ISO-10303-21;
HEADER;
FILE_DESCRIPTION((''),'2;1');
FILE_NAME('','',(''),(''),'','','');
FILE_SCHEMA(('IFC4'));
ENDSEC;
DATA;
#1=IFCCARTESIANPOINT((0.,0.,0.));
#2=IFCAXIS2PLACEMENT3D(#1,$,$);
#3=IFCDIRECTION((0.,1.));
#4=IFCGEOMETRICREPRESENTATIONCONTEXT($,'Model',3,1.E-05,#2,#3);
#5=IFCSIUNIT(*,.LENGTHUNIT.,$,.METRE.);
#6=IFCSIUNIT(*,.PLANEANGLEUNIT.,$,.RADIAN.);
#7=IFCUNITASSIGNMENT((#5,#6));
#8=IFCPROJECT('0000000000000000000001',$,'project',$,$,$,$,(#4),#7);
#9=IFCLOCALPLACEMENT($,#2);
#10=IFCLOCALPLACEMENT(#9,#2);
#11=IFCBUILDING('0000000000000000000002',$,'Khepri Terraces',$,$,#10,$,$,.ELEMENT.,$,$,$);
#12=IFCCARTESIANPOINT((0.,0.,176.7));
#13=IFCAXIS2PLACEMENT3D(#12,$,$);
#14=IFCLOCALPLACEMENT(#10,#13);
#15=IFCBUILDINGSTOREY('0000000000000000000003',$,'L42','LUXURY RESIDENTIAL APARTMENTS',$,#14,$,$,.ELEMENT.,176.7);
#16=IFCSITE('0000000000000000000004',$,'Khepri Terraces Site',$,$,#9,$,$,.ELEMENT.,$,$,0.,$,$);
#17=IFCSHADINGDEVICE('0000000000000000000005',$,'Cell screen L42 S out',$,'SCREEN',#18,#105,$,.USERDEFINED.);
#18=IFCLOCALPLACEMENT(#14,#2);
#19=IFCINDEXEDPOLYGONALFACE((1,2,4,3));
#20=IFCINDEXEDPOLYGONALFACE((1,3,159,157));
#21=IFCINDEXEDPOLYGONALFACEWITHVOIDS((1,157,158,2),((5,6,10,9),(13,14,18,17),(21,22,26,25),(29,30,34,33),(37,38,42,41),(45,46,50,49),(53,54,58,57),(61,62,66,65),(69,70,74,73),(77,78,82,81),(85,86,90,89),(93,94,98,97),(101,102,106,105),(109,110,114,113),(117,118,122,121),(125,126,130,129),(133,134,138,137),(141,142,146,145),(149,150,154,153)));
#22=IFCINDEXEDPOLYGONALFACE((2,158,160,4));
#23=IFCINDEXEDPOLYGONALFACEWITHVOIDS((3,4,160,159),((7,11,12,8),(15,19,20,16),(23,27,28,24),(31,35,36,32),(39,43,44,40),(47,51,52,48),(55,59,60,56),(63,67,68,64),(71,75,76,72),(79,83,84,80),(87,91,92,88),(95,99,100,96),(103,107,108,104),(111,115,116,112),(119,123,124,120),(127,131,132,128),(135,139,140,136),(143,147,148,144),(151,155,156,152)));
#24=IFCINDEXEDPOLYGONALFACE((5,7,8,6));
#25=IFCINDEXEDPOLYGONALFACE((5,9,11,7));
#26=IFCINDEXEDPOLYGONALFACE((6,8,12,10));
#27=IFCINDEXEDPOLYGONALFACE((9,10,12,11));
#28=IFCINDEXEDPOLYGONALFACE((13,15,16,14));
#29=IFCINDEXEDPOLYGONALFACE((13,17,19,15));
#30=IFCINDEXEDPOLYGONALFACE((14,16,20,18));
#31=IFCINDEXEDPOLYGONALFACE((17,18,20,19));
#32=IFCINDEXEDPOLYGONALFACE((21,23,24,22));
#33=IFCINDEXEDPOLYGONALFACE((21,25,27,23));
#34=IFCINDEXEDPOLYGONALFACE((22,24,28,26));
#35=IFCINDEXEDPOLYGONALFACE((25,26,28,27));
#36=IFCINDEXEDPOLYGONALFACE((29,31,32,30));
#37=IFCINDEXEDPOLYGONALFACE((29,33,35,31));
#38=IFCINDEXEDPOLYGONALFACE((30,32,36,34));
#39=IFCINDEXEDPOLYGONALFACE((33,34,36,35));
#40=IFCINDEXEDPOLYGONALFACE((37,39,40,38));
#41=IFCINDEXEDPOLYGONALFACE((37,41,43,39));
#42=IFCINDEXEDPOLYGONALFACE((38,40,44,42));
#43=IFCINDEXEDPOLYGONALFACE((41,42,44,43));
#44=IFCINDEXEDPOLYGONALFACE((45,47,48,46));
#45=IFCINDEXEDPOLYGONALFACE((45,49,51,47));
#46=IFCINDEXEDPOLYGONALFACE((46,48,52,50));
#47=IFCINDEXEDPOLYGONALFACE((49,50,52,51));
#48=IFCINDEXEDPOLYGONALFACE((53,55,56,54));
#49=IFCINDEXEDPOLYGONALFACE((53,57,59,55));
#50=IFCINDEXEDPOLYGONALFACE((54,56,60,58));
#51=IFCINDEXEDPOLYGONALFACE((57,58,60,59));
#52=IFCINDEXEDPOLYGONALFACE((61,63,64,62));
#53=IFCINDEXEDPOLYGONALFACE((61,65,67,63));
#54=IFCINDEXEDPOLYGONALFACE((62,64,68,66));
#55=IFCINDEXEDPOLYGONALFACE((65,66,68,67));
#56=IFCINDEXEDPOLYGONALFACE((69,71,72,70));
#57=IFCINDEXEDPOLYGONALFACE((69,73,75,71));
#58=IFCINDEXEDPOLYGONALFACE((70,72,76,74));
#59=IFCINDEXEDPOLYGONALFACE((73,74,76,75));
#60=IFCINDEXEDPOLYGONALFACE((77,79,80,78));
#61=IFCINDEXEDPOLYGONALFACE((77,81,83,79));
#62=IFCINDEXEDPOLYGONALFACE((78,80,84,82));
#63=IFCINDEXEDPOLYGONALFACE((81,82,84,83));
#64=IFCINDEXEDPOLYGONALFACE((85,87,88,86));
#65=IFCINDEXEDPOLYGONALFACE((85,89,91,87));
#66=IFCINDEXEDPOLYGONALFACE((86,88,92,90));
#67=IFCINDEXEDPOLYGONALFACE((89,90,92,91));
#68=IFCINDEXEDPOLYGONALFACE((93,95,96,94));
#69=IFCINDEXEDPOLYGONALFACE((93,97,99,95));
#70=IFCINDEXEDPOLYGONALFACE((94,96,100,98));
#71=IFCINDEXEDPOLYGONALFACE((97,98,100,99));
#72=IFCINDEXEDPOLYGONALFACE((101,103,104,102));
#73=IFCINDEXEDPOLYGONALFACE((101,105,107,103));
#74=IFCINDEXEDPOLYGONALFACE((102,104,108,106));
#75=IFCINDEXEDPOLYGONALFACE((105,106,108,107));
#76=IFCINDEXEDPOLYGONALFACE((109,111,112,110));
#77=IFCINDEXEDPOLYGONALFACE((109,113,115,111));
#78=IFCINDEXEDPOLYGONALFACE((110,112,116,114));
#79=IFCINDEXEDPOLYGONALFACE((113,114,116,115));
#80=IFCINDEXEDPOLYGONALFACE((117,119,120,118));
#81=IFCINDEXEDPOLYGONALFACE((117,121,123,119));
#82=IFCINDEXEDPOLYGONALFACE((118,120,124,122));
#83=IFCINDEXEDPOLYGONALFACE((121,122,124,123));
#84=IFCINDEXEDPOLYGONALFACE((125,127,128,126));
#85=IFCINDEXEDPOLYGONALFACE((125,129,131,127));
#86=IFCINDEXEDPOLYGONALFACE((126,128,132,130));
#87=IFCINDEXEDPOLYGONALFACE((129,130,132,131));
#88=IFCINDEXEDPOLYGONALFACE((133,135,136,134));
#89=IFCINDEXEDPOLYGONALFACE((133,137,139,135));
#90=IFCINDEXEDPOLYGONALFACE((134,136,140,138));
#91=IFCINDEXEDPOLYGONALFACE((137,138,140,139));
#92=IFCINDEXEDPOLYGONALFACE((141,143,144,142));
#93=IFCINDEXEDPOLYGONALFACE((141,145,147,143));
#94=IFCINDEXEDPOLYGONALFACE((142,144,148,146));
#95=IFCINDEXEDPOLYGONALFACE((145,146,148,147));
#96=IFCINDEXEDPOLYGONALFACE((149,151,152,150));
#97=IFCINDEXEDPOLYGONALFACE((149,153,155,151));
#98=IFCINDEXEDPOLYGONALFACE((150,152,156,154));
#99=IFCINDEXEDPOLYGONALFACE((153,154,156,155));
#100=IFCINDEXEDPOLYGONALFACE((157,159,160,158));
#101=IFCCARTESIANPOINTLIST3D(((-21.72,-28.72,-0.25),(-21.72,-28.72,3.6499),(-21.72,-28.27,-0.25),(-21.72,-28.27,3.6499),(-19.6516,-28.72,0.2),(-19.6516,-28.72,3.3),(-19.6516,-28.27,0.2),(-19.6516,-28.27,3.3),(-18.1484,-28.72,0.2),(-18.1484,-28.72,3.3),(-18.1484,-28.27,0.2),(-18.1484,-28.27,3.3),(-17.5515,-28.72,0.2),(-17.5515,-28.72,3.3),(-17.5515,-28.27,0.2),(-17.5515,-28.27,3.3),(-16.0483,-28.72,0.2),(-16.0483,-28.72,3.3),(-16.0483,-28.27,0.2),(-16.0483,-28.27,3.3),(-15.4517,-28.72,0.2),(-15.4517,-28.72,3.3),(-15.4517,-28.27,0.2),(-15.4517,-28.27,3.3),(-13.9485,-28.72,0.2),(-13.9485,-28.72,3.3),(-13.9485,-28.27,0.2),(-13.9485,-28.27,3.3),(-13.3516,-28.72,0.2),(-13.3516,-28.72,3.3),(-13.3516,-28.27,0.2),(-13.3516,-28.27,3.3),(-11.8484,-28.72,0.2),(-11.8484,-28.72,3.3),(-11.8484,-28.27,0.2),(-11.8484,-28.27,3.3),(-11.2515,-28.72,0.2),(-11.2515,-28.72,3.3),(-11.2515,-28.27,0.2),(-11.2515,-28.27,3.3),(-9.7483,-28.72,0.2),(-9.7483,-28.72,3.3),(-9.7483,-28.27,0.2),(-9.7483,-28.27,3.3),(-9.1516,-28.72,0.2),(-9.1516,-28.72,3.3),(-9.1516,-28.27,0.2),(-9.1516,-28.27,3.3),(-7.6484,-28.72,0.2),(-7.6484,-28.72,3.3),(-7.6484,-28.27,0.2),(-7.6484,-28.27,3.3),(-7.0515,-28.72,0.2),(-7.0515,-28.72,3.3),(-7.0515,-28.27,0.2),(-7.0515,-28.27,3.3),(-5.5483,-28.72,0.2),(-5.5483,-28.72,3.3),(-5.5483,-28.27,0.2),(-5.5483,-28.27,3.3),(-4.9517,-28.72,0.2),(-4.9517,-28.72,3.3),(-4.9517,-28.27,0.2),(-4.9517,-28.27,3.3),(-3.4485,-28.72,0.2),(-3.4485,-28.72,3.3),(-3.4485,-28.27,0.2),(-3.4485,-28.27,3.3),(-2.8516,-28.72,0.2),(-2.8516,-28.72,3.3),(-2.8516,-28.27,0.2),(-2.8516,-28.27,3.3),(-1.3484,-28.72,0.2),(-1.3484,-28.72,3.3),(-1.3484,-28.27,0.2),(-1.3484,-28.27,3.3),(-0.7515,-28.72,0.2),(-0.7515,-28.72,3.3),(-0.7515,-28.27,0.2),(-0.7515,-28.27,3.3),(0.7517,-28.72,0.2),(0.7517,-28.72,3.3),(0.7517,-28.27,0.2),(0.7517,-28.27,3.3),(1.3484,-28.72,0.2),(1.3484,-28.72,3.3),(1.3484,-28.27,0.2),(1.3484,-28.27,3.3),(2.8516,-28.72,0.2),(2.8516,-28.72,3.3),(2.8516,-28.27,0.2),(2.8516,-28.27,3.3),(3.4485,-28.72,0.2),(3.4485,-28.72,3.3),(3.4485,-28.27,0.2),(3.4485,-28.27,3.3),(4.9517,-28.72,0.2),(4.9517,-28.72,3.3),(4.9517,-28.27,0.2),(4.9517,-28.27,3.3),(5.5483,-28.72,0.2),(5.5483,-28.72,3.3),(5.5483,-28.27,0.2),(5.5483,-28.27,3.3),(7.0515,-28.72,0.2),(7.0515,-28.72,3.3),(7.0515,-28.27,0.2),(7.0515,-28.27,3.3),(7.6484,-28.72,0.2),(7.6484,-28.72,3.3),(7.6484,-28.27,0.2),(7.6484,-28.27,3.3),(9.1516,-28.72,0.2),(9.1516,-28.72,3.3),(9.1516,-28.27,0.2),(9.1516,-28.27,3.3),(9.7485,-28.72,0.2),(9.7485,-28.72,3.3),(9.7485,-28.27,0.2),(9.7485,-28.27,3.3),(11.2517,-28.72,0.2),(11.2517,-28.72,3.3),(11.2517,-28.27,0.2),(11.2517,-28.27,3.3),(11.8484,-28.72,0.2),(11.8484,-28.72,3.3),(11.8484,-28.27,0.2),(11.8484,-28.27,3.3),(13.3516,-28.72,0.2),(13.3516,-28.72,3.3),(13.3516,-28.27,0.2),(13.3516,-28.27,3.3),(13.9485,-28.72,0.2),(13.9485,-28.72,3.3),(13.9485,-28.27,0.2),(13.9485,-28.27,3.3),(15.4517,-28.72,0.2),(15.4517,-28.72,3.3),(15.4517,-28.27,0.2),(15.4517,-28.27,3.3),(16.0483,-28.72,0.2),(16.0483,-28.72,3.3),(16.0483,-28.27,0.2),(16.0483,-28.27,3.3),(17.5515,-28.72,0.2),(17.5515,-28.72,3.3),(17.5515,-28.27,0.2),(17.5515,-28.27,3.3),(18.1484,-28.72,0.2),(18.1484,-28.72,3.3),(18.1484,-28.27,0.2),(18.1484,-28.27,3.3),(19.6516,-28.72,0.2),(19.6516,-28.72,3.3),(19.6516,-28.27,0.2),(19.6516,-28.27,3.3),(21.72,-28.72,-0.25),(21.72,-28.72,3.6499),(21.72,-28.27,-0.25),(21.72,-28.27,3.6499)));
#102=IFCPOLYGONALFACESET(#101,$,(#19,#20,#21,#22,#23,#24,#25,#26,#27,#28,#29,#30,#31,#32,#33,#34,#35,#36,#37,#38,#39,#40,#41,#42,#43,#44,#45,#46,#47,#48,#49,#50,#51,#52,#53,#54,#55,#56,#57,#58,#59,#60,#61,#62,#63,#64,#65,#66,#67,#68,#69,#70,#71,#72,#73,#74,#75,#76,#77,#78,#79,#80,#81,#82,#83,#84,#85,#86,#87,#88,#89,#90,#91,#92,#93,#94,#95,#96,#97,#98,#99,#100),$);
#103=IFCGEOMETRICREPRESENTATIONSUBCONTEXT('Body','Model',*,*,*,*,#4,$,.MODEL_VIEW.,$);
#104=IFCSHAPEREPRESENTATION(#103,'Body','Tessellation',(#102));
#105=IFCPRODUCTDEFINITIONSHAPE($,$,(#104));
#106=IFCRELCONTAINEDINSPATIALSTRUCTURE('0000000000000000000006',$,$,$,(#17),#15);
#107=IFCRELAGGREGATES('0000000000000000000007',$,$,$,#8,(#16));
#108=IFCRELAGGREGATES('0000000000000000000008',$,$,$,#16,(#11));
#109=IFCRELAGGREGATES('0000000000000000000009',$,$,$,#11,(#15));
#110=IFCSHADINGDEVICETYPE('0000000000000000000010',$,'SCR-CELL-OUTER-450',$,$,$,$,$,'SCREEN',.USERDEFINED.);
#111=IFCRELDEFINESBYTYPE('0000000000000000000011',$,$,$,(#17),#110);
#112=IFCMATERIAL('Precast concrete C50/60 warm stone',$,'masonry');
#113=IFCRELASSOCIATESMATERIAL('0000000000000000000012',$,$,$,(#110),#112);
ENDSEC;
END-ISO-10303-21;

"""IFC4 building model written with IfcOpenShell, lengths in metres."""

from ifc_helpers import new_model, si_unit, direction, frame, origin, place, context, subcontext, project, spatial, polyline, outline, extrude, material, type_object, element, save


model = new_model("IFC4")

# Units and contexts
model_context = context("Model", 3, precision=1e-05, world=origin(), true_north=direction((0.0, 1.0)))
body_context = subcontext(model_context, "Body", "Model", "MODEL_VIEW")
ifc_project = project(units=[si_unit("LENGTHUNIT", "METRE"), si_unit("PLANEANGLEUNIT", "RADIAN")], contexts=[model_context])

# Site, building, storey
site_placement = place(None, origin())
site = spatial("IfcSite", under=ifc_project, at=site_placement, Name="Khepri Terraces Site", CompositionType="ELEMENT", RefElevation=0.0)
building_placement = place(site_placement, origin())
building = spatial("IfcBuilding", under=site, at=building_placement, Name="Khepri Terraces", CompositionType="ELEMENT")
storey_placement = place(building_placement, frame((0.0, 0.0, 176.7)))
storey = spatial("IfcBuildingStorey", under=building, at=storey_placement, Name="L42", Description="LUXURY RESIDENTIAL APARTMENTS", CompositionType="ELEMENT", Elevation=176.7)

# Shared definitions
ifc_material_1 = material(Name="Precast concrete C50/60 warm stone", Category="masonry")

# Shading device
shading_device_type_1 = type_object("IfcShadingDeviceType", Name="SCR-CELL-OUTER-450", ElementType="SCREEN", PredefinedType="USERDEFINED", material=ifc_material_1)
shading_device_1_placement = place(storey_placement, frame((-21.72, -28.27, -0.25), z_axis=(0.0, -1.0, 0.0), x_axis=(1.0, 0.0, 0.0)))
element("IfcShadingDevice", 1, at=shading_device_1_placement, inside=storey, type_object=shading_device_type_1, Name="Cell screen L42 S out", ObjectType="SCREEN", PredefinedType="USERDEFINED", context=body_context, shape_type="SweptSolid", body=[
    extrude(outline(polyline([(0.0, 0.0), (43.4399, 0.0), (43.4399, 3.8999), (0.0, 3.8999), (0.0, 0.0)]), holes=[polyline([(2.0684, 0.45), (3.5715, 0.45), (3.5715, 3.55), (2.0684, 3.55), (2.0684, 0.45)]), polyline([(4.1685, 0.45), (5.6716, 0.45), (5.6716, 3.55), (4.1685, 3.55), (4.1685, 0.45)]), polyline([(6.2683, 0.45), (7.7715, 0.45), (7.7715, 3.55), (6.2683, 3.55), (6.2683, 0.45)]), polyline([(8.3684, 0.45), (9.8716, 0.45), (9.8716, 3.55), (8.3684, 3.55), (8.3684, 0.45)]), polyline([(10.4685, 0.45), (11.9717, 0.45), (11.9717, 3.55), (10.4685, 3.55), (10.4685, 0.45)]), polyline([(12.5684, 0.45), (14.0715, 0.45), (14.0715, 3.55), (12.5684, 3.55), (12.5684, 0.45)]), polyline([(14.6685, 0.45), (16.1716, 0.45), (16.1716, 3.55), (14.6685, 3.55), (14.6685, 0.45)]), polyline([(16.7683, 0.45), (18.2715, 0.45), (18.2715, 3.55), (16.7683, 3.55), (16.7683, 0.45)]), polyline([(18.8684, 0.45), (20.3716, 0.45), (20.3716, 3.55), (18.8684, 3.55), (18.8684, 0.45)]), polyline([(20.9685, 0.45), (22.4717, 0.45), (22.4717, 3.55), (20.9685, 3.55), (20.9685, 0.45)]), polyline([(23.0684, 0.45), (24.5715, 0.45), (24.5715, 3.55), (23.0684, 3.55), (23.0684, 0.45)]), polyline([(25.1685, 0.45), (26.6716, 0.45), (26.6716, 3.55), (25.1685, 3.55), (25.1685, 0.45)]), polyline([(27.2683, 0.45), (28.7715, 0.45), (28.7715, 3.55), (27.2683, 3.55), (27.2683, 0.45)]), polyline([(29.3684, 0.45), (30.8716, 0.45), (30.8716, 3.55), (29.3684, 3.55), (29.3684, 0.45)]), polyline([(31.4685, 0.45), (32.9717, 0.45), (32.9717, 3.55), (31.4685, 3.55), (31.4685, 0.45)]), polyline([(33.5684, 0.45), (35.0715, 0.45), (35.0715, 3.55), (33.5684, 3.55), (33.5684, 0.45)]), polyline([(35.6685, 0.45), (37.1716, 0.45), (37.1716, 3.55), (35.6685, 3.55), (35.6685, 0.45)]), polyline([(37.7683, 0.45), (39.2715, 0.45), (39.2715, 3.55), (37.7683, 3.55), (37.7683, 0.45)]), polyline([(39.8684, 0.45), (41.3716, 0.45), (41.3716, 3.55), (39.8684, 3.55), (39.8684, 0.45)])]), origin(), (0.0, 0.0, 1.0), 0.45),
])

save(model, "model.ifc")
